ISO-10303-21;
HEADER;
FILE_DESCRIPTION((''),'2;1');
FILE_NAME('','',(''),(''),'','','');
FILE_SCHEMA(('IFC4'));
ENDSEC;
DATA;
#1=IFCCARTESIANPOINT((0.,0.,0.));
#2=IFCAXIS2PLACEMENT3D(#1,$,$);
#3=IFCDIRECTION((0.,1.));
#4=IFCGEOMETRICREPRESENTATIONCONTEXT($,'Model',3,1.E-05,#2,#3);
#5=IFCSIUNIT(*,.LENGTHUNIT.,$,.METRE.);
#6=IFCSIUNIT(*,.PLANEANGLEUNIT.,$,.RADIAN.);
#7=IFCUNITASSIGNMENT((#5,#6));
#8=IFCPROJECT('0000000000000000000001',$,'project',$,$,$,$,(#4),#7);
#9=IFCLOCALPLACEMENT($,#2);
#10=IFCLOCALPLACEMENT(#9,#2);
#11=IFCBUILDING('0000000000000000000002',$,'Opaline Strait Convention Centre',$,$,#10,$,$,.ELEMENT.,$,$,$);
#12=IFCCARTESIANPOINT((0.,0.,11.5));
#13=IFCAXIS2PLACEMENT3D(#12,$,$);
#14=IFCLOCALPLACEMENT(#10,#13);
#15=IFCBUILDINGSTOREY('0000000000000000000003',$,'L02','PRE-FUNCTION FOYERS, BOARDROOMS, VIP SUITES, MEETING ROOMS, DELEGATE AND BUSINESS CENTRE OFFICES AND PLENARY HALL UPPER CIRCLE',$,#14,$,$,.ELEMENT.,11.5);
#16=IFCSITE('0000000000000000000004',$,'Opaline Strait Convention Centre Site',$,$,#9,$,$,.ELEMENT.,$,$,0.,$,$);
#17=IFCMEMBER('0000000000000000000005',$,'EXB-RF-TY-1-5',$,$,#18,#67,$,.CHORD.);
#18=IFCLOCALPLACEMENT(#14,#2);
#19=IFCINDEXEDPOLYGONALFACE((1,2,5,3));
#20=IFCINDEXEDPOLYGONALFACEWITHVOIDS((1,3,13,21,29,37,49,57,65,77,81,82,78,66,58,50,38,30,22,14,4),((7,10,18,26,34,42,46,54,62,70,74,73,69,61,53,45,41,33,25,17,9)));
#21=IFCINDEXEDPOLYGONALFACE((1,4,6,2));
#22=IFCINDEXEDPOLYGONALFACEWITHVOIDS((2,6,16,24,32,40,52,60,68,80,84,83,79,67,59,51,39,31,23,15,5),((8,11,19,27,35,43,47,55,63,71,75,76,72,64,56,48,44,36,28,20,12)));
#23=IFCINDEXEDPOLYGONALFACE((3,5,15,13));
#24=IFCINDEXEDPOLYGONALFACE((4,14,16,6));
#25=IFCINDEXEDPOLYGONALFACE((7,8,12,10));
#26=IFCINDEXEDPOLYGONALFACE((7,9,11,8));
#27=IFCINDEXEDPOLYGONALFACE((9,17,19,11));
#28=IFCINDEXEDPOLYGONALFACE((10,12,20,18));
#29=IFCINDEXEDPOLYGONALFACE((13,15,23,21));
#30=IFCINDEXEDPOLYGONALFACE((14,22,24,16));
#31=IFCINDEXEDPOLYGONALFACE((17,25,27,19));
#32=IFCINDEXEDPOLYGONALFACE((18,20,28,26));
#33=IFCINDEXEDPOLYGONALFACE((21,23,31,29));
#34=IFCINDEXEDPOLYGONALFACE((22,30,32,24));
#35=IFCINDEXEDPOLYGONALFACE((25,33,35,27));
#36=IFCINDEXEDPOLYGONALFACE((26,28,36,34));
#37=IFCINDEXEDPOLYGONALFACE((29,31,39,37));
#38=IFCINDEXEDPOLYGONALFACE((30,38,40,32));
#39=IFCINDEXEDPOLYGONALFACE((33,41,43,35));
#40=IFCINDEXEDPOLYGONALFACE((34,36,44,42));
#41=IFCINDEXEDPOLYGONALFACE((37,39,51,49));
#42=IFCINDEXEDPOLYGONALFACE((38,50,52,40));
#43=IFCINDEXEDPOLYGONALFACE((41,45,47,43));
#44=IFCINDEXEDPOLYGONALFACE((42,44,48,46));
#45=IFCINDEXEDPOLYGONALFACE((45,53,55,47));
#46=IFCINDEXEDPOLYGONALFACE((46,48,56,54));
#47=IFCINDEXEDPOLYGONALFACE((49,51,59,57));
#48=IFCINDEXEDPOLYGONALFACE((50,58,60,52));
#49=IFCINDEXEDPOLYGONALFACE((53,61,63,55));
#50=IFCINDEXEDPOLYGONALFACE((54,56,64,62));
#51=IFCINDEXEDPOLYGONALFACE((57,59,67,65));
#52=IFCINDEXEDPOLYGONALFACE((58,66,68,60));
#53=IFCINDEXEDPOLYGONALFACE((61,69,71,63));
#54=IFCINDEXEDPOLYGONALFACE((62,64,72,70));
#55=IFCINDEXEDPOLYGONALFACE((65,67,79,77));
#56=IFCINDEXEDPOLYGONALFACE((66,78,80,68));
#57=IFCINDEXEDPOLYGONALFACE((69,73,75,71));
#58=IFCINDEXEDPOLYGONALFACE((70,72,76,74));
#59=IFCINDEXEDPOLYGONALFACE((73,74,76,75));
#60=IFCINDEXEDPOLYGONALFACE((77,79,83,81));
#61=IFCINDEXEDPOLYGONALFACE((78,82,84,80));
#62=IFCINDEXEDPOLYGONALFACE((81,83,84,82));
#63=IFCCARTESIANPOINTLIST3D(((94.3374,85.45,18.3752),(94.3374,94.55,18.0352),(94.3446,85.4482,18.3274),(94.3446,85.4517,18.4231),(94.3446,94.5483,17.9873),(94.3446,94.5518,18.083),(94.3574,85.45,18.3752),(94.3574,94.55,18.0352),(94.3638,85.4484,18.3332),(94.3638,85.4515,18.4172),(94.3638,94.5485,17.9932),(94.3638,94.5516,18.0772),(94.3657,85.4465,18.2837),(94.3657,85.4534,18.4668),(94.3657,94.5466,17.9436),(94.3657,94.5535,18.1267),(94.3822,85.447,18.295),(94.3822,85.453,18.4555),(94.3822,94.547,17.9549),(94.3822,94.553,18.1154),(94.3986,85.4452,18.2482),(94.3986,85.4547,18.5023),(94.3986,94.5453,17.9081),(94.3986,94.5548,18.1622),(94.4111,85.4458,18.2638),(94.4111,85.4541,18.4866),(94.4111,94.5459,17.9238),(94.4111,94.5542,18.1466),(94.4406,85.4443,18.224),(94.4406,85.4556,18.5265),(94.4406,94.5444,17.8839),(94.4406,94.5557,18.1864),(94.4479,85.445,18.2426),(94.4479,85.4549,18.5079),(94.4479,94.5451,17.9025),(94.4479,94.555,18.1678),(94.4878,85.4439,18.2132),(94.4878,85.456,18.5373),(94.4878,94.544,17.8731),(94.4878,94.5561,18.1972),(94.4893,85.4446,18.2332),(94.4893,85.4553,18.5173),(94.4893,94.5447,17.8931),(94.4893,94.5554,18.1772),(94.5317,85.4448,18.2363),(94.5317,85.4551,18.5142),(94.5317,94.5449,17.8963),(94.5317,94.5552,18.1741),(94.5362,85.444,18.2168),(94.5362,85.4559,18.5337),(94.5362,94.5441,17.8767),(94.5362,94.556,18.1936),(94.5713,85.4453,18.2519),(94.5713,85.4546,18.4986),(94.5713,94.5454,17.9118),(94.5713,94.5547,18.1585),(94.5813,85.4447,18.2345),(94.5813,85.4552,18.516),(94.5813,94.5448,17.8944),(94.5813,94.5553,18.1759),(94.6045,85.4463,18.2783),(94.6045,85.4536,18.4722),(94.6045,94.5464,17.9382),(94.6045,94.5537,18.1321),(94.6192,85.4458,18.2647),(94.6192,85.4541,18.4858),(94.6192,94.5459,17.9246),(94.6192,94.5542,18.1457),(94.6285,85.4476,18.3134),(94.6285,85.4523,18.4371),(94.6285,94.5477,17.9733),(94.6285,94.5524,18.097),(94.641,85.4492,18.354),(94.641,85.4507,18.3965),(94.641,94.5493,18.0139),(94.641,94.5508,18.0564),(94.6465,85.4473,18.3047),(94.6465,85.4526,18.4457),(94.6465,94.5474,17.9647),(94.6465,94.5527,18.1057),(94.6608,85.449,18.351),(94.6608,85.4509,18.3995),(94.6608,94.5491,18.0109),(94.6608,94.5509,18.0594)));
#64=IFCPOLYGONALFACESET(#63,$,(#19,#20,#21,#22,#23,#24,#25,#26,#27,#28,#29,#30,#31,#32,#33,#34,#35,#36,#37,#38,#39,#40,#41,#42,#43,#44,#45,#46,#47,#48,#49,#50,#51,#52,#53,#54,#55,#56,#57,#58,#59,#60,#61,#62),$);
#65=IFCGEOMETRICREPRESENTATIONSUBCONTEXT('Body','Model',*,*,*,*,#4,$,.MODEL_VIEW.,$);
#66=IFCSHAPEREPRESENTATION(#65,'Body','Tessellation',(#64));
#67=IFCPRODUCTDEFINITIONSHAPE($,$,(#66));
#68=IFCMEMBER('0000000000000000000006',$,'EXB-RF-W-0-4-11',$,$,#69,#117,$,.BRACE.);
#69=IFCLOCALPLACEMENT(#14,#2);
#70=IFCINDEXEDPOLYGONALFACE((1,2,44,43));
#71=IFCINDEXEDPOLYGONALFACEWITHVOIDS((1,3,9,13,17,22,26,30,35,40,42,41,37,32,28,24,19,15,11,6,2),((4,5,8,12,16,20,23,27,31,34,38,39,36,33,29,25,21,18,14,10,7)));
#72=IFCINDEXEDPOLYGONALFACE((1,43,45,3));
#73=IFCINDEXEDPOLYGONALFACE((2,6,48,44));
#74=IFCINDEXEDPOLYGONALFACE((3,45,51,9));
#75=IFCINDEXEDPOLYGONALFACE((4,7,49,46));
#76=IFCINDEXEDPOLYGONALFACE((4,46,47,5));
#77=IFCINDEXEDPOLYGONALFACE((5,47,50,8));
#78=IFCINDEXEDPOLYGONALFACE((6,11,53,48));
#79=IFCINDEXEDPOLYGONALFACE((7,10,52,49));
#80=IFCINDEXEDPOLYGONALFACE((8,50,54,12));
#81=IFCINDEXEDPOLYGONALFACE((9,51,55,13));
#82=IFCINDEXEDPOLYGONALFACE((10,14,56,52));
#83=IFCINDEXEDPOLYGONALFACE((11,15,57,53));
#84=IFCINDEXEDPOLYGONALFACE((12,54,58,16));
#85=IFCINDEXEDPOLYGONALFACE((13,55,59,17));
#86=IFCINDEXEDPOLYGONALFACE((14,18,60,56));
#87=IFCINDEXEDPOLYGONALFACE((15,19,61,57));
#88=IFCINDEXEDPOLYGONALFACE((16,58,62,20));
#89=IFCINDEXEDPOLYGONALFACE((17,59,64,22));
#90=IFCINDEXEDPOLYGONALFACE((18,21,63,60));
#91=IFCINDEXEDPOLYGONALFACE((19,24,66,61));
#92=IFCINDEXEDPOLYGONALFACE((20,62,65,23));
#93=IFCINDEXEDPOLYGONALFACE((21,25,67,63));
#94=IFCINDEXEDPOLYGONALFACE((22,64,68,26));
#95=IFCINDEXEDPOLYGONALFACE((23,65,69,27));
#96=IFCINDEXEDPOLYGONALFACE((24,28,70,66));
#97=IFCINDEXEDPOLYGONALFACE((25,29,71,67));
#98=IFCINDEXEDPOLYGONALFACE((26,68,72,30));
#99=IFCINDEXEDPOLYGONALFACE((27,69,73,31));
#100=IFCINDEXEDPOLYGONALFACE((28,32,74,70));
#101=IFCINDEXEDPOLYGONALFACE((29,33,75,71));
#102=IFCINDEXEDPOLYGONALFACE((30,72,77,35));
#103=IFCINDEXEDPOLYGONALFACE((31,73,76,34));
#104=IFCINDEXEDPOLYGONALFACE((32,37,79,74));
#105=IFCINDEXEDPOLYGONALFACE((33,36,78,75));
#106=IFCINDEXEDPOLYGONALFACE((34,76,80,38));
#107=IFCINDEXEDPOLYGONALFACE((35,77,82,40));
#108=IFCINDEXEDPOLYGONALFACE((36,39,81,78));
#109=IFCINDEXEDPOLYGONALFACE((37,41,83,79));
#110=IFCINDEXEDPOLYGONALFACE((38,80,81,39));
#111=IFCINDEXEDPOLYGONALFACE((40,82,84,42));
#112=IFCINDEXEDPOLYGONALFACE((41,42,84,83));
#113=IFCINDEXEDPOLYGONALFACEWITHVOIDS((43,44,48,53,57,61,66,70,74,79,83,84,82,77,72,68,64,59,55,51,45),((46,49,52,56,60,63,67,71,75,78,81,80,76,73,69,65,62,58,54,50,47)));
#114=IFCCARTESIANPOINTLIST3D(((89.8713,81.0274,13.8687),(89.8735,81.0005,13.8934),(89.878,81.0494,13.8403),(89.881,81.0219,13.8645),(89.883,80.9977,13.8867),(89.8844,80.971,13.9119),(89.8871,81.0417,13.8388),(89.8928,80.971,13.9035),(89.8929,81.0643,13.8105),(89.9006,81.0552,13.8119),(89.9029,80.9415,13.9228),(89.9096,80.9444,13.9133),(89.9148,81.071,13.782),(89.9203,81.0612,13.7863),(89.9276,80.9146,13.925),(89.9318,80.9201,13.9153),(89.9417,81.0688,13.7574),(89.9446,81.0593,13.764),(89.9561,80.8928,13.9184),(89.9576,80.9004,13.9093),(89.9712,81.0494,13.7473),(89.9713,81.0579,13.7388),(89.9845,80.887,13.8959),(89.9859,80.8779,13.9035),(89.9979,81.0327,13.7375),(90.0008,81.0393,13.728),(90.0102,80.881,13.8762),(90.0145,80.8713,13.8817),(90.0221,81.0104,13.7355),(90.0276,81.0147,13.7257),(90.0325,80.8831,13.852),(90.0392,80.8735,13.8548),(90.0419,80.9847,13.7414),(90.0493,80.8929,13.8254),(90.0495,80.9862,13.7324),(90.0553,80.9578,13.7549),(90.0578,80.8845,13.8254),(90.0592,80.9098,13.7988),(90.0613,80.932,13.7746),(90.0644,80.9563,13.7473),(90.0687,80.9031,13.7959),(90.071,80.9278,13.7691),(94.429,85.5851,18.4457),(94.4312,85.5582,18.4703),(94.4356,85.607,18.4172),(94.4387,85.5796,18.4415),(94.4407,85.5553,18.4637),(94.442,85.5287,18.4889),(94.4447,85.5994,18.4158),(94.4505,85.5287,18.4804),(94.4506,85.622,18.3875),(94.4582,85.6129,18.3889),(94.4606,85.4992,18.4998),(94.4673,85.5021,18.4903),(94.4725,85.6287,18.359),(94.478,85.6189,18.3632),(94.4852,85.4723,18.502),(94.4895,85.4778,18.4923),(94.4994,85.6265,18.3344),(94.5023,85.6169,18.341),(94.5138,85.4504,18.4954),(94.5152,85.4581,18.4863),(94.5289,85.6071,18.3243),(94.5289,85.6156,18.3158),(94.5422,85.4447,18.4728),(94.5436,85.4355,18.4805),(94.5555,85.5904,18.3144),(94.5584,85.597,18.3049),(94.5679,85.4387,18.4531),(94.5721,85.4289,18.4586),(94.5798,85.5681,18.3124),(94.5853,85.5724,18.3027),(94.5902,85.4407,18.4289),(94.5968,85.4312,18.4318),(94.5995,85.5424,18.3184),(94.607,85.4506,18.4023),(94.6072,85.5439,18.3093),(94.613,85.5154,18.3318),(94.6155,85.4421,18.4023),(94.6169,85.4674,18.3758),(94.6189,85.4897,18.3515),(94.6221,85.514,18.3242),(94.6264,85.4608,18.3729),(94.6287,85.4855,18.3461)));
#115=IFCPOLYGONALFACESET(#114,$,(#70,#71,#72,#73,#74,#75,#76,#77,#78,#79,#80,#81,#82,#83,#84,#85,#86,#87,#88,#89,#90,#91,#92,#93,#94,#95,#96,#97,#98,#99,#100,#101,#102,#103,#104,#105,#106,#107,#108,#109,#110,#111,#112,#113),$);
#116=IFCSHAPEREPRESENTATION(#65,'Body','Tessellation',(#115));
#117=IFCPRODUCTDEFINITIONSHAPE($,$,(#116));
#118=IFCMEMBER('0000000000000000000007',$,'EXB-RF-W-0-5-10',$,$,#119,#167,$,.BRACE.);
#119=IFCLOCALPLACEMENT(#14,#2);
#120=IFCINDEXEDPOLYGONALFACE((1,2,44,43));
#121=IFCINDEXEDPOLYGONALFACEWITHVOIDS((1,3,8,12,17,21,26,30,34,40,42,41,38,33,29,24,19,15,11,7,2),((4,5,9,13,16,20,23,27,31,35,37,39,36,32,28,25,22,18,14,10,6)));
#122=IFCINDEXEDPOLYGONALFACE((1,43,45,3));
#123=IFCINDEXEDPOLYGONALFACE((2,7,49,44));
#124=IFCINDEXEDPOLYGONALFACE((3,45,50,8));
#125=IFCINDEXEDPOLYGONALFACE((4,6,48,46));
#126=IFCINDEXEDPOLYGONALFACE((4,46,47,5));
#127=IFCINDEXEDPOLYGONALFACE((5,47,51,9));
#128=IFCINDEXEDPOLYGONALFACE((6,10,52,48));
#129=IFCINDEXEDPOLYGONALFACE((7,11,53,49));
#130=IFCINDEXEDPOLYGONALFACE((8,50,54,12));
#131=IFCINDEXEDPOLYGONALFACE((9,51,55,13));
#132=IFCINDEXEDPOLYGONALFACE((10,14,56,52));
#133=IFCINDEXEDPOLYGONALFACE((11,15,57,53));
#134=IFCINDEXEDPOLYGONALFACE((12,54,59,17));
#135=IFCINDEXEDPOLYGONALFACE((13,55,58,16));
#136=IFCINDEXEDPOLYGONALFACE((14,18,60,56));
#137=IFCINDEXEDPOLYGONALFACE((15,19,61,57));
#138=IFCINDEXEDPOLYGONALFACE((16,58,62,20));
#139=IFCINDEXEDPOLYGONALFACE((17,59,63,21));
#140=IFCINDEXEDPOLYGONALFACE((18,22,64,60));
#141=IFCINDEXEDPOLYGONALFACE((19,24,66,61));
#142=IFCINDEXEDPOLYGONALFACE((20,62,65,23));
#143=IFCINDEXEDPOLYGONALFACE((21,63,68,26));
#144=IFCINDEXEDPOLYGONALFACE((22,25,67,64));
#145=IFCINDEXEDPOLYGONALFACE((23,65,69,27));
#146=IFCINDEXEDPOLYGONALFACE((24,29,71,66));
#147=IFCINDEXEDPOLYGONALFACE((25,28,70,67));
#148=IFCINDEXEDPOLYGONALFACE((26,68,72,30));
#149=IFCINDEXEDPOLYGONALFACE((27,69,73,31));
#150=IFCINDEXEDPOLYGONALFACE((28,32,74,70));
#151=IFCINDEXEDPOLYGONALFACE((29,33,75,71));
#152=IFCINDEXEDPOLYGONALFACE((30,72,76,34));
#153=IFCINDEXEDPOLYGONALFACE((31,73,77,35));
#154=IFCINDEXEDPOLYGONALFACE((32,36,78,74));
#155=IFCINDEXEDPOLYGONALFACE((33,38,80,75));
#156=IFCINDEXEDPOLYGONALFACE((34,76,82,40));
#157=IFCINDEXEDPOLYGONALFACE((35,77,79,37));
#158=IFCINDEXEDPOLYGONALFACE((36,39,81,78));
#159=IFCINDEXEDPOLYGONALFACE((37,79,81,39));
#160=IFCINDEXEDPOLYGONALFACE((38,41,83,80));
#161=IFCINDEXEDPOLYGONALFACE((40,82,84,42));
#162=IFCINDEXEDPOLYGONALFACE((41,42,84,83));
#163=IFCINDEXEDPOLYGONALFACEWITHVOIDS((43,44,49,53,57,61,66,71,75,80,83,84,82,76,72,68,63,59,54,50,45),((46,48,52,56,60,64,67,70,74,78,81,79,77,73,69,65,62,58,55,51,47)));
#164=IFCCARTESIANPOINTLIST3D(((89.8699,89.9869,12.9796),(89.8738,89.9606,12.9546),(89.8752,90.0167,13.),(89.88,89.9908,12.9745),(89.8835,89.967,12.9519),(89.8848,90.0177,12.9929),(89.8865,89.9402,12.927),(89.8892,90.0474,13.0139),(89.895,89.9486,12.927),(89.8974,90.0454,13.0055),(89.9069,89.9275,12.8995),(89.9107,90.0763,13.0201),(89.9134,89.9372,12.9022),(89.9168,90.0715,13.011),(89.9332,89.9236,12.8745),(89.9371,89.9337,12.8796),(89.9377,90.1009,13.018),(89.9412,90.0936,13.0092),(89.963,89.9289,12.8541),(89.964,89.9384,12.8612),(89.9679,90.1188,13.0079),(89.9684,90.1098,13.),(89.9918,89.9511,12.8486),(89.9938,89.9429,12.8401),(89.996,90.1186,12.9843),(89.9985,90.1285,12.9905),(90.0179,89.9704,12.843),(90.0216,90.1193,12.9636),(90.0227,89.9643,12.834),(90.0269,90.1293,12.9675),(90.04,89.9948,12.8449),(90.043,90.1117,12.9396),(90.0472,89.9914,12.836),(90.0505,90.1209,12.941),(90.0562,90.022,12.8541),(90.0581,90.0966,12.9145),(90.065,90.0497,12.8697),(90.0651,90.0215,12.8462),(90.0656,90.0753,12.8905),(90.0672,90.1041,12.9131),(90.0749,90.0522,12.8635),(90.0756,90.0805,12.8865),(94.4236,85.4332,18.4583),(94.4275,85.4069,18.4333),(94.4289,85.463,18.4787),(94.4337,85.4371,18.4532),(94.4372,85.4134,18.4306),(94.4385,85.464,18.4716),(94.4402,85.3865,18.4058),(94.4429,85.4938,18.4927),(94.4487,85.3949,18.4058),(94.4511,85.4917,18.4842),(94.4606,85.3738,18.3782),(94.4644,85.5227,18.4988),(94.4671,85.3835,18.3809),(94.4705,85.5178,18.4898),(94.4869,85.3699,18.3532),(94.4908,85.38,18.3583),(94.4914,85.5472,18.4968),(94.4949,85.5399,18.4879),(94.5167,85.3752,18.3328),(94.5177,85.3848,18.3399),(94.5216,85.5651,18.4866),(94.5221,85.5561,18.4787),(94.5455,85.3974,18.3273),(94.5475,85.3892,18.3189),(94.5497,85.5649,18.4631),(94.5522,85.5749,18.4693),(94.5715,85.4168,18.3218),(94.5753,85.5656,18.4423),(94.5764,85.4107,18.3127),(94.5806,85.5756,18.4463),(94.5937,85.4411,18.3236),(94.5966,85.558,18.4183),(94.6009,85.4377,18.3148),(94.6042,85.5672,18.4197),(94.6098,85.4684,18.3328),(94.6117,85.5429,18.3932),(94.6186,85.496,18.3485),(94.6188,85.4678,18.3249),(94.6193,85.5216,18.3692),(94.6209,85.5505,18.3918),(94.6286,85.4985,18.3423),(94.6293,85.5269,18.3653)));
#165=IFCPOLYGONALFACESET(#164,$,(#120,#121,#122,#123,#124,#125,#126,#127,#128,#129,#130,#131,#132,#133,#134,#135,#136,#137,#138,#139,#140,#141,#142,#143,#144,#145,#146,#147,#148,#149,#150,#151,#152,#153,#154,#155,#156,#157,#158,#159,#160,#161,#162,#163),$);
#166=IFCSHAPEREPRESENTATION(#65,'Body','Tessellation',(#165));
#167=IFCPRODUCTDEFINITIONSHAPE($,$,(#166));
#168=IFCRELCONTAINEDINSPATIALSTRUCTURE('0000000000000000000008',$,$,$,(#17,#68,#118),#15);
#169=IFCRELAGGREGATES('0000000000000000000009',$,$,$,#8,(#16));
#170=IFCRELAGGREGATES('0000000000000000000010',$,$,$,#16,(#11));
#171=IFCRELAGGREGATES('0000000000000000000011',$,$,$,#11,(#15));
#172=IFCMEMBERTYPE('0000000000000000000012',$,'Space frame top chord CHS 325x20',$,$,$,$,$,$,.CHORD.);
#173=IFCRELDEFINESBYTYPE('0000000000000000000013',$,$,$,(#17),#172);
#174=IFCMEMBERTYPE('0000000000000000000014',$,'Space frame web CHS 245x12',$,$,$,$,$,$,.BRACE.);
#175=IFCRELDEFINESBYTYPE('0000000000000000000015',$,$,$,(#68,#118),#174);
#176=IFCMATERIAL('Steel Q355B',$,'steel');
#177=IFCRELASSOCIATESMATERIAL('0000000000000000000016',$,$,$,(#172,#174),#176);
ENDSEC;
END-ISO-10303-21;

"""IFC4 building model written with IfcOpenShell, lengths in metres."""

from ifc_helpers import new_model, si_unit, direction, frame, origin, origin_2d, place, context, subcontext, project, spatial, hollow_circle, extrude, material, material_profile, profile_set, type_object, element, save


model = new_model("IFC4")

# Units and contexts
model_context = context("Model", 3, precision=1e-05, world=origin(), true_north=direction((0.0, 1.0)))
body_context = subcontext(model_context, "Body", "Model", "MODEL_VIEW")
ifc_project = project(units=[si_unit("LENGTHUNIT", "METRE"), si_unit("PLANEANGLEUNIT", "RADIAN")], contexts=[model_context])

# Site, building, storey
site_placement = place(None, origin())
site = spatial("IfcSite", under=ifc_project, at=site_placement, Name="Opaline Strait Convention Centre Site", CompositionType="ELEMENT", RefElevation=0.0)
building_placement = place(site_placement, origin())
building = spatial("IfcBuilding", under=site, at=building_placement, Name="Opaline Strait Convention Centre", CompositionType="ELEMENT")
storey_placement = place(building_placement, frame((0.0, 0.0, 11.5)))
storey = spatial("IfcBuildingStorey", under=building, at=storey_placement, Name="L02", Description="PRE-FUNCTION FOYERS, BOARDROOMS, VIP SUITES, MEETING ROOMS, DELEGATE AND BUSINESS CENTRE OFFICES AND PLENARY HALL UPPER CIRCLE", CompositionType="ELEMENT", Elevation=11.5)

# Members
ifc_material_1 = material(Name="Steel Q355B", Category="steel")
ifc_material_profile_1 = material_profile(ifc_material_1, hollow_circle(Radius=0.1626, WallThickness=0.02, at=origin_2d()), Name="CHS 325x20")
ifc_profile_set_1 = profile_set([ifc_material_profile_1], Name="Steel Q355B")
member_type_1 = type_object("IfcMemberType", Name="Space frame top chord CHS 325x20", PredefinedType="CHORD", material=ifc_profile_set_1)
member_1_placement = place(storey_placement, frame((94.5, 85.45, 18.3752), z_axis=(0.0, 0.999302, -0.037346), x_axis=(-1.0, 0.0, 0.0)))
element("IfcMember", 1, at=member_1_placement, inside=storey, type_object=member_type_1, Name="EXB-RF-TY-1-5", PredefinedType="CHORD", context=body_context, shape_type="SweptSolid", body=[
    extrude(hollow_circle(Radius=0.1626, WallThickness=0.02, at=origin_2d()), origin(), (0.0, 0.0, 1.0), 9.1064),
])
ifc_material_profile_2 = material_profile(ifc_material_1, hollow_circle(Radius=0.1226, WallThickness=0.012, at=origin_2d()), Name="CHS 245x12")
ifc_profile_set_2 = profile_set([ifc_material_profile_2], Name="Steel Q355B")
member_type_2 = type_object("IfcMemberType", Name="Space frame web CHS 245x12", PredefinedType="BRACE", material=ifc_profile_set_2)
member_2_placement = place(storey_placement, frame((94.5288, 85.5288, 18.4023), z_axis=(-0.576536, -0.576536, -0.578976), x_axis=(0.707107, -0.707107, 0.0)))
element("IfcMember", 2, at=member_2_placement, inside=storey, type_object=member_type_2, Name="EXB-RF-W-0-4-11", PredefinedType="BRACE", context=body_context, shape_type="SweptSolid", body=[
    extrude(hollow_circle(Radius=0.1226, WallThickness=0.012, at=origin_2d()), origin(), (0.0, 0.0, 1.0), 7.9053),
])
member_3_placement = place(storey_placement, frame((94.5269, 85.4731, 18.4058), z_axis=(-0.538573, 0.538573, -0.64798), x_axis=(-0.707107, -0.707107, 0.0)))
element("IfcMember", 3, at=member_3_placement, inside=storey, type_object=member_type_2, Name="EXB-RF-W-0-5-10", PredefinedType="BRACE", context=body_context, shape_type="SweptSolid", body=[
    extrude(hollow_circle(Radius=0.1226, WallThickness=0.012, at=origin_2d()), origin(), (0.0, 0.0, 1.0), 8.4551),
])

save(model, "model.ifc")
